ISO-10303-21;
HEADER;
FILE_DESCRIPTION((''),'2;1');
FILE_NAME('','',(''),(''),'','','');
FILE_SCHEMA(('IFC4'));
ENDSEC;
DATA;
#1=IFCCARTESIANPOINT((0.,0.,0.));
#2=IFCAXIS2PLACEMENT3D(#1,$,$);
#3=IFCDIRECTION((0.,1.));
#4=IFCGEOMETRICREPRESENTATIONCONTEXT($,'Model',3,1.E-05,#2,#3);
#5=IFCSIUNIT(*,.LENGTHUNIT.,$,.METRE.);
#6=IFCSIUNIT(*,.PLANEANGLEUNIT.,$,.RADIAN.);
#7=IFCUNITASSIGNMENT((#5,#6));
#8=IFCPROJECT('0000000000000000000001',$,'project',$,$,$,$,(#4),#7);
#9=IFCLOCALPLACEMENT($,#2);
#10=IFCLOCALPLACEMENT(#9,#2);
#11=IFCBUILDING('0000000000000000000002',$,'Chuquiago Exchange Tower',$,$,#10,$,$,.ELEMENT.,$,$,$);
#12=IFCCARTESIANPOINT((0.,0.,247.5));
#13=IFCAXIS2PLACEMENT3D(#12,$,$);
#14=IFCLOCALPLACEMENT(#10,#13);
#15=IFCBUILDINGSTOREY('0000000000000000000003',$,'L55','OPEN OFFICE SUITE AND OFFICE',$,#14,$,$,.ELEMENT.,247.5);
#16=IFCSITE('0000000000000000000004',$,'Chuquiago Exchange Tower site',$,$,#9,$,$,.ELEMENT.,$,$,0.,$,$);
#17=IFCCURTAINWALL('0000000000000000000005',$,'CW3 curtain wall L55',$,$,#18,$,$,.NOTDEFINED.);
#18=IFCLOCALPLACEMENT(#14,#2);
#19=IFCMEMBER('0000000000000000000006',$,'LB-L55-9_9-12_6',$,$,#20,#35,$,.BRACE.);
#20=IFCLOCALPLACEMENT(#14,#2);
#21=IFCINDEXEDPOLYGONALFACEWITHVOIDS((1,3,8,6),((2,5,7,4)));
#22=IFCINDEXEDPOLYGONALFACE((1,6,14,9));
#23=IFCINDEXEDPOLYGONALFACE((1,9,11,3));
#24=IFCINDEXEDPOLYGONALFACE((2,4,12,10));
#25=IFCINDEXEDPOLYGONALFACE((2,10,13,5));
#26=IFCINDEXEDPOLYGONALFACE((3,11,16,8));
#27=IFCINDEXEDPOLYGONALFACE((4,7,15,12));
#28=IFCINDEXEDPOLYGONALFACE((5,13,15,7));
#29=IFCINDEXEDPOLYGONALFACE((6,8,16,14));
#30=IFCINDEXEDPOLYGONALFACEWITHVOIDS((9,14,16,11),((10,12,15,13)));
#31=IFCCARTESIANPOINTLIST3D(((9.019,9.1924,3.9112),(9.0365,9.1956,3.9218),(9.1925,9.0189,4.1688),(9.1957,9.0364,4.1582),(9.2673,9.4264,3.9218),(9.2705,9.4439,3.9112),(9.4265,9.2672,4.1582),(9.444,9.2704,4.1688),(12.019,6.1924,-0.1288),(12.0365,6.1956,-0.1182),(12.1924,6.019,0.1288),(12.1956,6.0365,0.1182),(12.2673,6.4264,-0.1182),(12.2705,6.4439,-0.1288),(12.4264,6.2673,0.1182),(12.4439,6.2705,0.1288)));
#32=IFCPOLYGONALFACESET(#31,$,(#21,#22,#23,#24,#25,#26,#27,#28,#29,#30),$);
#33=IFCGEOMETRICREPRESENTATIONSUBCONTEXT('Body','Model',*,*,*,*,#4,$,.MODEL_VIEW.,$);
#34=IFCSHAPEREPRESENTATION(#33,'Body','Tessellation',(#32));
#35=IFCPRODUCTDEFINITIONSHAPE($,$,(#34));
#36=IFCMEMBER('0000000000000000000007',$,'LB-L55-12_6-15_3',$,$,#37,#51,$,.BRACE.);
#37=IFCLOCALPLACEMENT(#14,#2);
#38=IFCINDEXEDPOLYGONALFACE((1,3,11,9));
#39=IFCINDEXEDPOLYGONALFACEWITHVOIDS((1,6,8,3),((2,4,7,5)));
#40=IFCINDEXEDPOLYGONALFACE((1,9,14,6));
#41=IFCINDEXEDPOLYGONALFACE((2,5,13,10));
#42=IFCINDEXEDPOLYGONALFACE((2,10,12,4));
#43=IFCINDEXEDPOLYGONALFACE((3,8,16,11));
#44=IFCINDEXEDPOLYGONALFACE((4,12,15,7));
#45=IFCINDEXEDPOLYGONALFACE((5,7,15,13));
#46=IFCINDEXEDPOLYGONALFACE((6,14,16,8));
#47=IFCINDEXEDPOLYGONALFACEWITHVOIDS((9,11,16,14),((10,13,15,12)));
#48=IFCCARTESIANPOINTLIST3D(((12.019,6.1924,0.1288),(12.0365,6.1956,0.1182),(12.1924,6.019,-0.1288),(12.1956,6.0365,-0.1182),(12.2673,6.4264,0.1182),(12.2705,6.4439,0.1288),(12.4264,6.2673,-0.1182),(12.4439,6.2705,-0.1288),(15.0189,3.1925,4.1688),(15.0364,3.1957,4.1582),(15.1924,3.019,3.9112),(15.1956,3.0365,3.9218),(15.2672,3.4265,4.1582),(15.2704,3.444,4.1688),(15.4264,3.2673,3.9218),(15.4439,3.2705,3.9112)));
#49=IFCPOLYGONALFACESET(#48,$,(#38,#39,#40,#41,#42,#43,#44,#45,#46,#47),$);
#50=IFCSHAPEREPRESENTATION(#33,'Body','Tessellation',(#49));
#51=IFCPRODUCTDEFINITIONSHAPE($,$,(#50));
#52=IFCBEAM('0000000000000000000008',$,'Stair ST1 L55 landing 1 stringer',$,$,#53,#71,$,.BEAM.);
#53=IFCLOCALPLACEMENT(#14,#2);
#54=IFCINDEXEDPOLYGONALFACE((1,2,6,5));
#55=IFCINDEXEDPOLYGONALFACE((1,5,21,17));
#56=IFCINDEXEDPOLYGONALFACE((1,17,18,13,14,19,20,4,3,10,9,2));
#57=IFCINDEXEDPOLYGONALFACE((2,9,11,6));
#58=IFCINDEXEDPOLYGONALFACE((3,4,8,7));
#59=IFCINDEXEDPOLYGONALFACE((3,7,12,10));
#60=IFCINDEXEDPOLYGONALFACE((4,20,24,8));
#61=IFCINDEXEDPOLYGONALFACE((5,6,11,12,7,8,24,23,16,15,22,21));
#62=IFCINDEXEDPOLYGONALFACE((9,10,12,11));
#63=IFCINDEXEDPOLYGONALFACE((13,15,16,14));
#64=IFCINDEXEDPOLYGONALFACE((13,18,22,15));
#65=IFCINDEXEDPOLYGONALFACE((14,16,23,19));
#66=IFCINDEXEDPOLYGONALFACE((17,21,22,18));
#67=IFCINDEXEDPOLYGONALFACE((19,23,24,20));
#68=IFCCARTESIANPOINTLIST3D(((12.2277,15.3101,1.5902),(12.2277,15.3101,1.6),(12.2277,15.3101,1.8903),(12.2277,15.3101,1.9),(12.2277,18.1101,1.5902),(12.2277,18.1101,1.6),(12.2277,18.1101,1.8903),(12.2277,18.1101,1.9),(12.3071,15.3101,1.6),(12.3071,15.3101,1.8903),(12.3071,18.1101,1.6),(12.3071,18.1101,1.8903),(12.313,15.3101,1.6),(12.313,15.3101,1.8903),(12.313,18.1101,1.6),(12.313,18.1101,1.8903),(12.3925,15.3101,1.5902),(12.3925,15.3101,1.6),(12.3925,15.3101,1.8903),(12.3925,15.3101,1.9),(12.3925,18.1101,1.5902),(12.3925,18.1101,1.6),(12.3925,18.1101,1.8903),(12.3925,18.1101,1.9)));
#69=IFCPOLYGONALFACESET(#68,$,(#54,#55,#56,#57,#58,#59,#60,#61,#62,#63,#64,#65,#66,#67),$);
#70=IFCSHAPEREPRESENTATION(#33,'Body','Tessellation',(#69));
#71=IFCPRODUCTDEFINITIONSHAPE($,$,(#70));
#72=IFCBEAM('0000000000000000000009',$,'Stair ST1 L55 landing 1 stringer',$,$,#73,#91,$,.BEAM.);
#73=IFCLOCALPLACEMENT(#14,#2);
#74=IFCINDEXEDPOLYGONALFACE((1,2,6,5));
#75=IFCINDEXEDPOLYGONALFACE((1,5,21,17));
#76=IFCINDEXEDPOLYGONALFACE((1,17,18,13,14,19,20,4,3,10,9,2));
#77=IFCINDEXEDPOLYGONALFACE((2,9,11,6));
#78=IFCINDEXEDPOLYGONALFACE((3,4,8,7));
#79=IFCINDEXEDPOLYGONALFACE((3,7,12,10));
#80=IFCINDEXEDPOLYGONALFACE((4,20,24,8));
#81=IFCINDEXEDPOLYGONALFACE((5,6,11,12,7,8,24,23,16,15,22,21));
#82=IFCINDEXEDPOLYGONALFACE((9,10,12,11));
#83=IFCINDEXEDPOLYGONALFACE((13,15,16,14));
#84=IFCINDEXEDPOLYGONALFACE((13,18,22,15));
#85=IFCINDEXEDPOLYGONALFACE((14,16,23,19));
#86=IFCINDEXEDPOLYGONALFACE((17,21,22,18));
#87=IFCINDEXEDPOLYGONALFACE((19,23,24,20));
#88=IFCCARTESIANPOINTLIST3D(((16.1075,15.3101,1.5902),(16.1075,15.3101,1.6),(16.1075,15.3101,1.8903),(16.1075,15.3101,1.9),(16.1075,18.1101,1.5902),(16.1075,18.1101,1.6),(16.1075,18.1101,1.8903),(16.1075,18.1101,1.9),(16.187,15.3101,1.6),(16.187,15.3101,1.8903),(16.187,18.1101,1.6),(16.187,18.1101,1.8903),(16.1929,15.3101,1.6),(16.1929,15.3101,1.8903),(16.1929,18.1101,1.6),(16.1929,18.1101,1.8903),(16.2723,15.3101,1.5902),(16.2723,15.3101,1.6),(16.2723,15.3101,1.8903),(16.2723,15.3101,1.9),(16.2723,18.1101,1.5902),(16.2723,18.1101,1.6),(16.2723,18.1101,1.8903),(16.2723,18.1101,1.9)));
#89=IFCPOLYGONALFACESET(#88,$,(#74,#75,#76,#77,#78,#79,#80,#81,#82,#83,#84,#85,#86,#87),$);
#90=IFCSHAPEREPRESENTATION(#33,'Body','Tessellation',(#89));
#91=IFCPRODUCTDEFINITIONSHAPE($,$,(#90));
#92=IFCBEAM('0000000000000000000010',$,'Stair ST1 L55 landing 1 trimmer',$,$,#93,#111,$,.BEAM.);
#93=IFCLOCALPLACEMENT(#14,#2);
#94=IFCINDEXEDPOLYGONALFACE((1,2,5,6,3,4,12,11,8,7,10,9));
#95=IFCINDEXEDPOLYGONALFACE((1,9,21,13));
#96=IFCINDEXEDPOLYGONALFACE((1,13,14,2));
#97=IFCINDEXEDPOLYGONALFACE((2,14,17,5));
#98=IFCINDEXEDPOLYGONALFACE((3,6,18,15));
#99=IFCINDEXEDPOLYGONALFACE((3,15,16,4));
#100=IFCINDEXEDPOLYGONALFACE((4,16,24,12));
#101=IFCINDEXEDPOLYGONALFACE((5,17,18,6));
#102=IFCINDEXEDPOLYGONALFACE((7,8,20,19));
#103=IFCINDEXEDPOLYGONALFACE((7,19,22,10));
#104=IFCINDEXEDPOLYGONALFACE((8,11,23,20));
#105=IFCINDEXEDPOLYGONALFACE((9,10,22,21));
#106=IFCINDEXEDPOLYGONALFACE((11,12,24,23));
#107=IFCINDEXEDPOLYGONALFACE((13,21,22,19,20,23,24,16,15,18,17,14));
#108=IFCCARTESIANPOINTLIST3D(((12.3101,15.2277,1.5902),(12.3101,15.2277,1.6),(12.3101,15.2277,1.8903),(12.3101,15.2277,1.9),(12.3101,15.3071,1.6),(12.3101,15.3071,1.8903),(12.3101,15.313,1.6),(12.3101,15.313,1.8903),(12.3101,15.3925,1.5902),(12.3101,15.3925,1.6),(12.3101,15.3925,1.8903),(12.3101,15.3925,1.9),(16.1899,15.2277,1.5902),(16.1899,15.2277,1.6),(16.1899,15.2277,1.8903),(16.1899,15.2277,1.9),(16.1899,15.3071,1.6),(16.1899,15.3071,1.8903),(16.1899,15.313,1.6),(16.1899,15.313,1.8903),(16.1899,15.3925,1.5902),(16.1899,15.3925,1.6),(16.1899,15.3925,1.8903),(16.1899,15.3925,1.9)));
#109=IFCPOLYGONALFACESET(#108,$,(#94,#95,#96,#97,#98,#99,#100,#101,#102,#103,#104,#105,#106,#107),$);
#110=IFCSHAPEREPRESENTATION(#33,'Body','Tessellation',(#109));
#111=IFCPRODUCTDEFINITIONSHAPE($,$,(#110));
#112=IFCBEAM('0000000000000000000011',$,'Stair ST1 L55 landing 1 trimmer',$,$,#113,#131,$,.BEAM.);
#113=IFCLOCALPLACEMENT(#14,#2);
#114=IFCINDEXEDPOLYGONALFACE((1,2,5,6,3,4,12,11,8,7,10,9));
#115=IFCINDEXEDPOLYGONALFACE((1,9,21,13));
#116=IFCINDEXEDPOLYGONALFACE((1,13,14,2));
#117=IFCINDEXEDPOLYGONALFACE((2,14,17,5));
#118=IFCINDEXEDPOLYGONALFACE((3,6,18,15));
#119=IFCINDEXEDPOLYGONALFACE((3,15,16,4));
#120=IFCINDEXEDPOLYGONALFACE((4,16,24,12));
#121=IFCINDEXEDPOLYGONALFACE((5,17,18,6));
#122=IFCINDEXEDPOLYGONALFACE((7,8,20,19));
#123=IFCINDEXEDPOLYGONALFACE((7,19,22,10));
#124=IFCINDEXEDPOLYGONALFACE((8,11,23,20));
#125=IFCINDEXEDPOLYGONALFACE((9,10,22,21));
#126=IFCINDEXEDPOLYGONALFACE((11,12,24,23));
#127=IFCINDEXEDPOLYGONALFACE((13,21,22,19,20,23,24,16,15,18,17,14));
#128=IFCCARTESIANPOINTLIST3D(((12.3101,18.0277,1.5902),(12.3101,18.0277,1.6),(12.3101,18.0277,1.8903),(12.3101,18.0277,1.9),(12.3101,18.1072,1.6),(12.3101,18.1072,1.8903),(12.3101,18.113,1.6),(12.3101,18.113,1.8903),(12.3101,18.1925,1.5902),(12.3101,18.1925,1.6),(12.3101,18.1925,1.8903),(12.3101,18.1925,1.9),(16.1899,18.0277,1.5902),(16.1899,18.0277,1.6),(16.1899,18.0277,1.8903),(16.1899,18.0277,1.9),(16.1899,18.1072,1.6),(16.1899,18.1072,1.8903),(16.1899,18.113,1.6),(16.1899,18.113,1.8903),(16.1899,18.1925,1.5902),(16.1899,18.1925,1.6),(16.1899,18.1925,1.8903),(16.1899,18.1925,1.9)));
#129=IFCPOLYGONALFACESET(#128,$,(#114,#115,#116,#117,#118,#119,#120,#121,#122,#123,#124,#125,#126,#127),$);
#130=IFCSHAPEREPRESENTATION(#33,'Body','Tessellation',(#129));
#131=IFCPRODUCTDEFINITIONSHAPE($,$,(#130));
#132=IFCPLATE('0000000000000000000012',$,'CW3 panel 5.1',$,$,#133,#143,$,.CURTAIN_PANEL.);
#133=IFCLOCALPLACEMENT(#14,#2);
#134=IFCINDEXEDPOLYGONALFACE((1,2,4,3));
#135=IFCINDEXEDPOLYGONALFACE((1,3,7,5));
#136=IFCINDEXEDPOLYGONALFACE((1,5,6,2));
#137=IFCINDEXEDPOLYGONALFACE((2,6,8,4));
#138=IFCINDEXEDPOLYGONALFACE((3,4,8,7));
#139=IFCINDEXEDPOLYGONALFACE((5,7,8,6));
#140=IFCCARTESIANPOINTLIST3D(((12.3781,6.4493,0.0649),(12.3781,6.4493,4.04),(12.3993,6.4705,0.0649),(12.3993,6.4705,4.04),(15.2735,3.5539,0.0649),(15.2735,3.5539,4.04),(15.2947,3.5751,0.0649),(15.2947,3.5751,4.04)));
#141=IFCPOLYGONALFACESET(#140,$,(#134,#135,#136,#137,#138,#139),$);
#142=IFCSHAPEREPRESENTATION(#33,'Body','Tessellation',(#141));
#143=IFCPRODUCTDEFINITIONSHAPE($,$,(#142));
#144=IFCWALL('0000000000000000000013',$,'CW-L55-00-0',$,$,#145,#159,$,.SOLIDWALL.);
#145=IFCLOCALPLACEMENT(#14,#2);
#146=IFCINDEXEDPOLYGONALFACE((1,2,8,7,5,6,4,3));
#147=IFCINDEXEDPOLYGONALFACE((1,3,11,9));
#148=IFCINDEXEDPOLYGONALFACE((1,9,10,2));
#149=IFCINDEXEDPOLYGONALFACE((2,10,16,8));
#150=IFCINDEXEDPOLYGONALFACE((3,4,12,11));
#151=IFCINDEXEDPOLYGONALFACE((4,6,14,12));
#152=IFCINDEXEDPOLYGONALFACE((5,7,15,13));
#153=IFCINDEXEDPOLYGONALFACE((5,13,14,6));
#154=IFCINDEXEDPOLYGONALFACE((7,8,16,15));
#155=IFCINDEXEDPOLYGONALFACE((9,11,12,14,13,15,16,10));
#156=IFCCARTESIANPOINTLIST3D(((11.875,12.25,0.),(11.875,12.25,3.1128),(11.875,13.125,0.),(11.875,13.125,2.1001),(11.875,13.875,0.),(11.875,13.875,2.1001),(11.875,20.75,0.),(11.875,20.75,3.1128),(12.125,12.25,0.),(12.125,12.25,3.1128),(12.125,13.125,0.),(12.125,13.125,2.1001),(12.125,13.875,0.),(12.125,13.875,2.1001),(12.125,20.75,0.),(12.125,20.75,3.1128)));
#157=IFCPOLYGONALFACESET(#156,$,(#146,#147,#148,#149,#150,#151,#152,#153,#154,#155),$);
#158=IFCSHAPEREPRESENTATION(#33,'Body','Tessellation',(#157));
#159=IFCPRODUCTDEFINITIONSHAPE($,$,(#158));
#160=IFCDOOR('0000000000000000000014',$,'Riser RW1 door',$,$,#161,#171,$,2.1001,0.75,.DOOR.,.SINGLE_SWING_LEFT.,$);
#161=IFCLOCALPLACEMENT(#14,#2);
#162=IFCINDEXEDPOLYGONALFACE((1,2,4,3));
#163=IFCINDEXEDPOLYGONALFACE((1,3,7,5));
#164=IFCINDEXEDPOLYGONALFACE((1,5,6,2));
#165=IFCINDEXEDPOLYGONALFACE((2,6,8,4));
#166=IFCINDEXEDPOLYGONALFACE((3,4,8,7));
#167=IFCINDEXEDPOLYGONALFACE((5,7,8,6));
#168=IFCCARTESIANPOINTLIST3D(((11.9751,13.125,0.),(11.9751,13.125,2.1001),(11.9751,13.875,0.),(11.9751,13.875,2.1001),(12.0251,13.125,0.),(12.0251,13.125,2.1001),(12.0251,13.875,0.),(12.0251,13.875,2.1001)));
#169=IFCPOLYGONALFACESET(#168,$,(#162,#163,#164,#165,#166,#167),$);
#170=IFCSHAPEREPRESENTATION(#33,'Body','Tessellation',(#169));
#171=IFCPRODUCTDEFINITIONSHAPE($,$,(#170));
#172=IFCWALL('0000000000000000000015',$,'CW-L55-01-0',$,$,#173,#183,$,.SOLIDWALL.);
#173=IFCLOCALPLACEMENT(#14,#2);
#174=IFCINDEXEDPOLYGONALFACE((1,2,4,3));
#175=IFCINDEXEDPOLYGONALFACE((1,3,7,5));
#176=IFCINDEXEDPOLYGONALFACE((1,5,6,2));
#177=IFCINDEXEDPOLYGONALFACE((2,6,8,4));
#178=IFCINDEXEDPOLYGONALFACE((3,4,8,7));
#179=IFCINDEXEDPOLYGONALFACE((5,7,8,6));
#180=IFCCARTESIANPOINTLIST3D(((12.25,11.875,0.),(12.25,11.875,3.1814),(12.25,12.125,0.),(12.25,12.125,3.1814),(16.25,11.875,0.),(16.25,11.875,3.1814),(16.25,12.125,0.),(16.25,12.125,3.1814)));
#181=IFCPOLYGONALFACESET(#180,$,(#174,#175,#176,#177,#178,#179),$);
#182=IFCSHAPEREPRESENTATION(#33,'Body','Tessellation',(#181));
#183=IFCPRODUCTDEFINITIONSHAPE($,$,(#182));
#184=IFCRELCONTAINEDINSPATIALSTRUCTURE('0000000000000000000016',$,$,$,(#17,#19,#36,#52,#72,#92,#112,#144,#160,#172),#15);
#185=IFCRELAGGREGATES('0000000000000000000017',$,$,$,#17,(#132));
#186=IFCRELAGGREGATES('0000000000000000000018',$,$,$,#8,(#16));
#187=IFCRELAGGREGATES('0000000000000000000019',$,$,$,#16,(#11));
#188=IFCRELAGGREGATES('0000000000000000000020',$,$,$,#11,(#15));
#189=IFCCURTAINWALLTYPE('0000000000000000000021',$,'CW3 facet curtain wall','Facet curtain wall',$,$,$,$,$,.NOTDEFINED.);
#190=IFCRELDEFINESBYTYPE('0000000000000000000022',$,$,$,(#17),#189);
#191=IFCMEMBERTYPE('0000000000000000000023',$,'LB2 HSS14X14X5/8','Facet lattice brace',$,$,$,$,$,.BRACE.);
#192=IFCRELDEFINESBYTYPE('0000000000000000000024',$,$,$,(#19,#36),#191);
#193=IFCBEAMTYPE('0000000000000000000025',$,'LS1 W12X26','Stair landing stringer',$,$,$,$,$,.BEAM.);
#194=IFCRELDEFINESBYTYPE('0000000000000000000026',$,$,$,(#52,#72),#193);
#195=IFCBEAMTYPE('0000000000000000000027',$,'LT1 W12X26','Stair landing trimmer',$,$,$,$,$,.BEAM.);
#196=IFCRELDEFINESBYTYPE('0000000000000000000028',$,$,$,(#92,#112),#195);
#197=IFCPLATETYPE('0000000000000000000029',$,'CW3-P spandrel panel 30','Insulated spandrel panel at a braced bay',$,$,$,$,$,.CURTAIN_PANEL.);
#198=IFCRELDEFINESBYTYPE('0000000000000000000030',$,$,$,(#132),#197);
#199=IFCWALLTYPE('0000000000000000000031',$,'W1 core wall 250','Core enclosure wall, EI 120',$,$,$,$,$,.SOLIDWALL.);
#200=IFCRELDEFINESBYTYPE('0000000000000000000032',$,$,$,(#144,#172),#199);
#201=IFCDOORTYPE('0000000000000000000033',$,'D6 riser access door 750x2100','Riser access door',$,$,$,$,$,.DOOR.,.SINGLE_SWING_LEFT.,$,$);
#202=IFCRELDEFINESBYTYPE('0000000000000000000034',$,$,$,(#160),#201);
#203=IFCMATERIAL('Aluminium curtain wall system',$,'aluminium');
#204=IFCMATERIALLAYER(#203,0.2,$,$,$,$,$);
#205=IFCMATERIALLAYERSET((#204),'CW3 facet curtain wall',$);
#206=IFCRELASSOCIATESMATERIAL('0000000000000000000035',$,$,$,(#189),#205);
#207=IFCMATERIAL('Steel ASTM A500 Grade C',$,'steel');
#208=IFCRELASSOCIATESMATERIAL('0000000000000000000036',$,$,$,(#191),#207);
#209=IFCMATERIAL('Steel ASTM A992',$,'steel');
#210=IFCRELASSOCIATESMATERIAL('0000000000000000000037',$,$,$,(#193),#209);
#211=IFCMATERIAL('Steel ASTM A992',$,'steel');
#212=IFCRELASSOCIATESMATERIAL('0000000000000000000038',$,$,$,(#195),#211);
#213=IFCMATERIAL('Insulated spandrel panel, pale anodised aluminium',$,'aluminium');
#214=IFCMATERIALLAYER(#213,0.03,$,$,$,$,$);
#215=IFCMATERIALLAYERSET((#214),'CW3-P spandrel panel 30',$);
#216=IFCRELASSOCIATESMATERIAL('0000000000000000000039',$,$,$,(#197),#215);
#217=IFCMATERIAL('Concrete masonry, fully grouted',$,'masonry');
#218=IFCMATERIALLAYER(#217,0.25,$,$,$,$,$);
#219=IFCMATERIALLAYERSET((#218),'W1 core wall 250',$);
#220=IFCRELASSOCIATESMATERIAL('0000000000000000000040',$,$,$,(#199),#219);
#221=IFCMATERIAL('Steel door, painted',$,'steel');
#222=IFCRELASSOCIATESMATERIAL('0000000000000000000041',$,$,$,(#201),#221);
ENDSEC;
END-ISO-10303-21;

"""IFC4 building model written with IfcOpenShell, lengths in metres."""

from ifc_helpers import new_model, si_unit, direction, frame, frame_2d, origin, origin_2d, place, context, subcontext, project, spatial, rectangle, hollow_rectangle, i_section, extrude, material, layer, layer_set, material_profile, profile_set, type_object, element, fill, aggregate, save


model = new_model("IFC4")

# Units and contexts
model_context = context("Model", 3, precision=1e-05, world=origin(), true_north=direction((0.0, 1.0)))
body_context = subcontext(model_context, "Body", "Model", "MODEL_VIEW")
ifc_project = project(units=[si_unit("LENGTHUNIT", "METRE"), si_unit("PLANEANGLEUNIT", "RADIAN")], contexts=[model_context])

# Site, building, storey
site_placement = place(None, origin())
site = spatial("IfcSite", under=ifc_project, at=site_placement, Name="Chuquiago Exchange Tower site", CompositionType="ELEMENT", RefElevation=0.0)
building_placement = place(site_placement, origin())
building = spatial("IfcBuilding", under=site, at=building_placement, Name="Chuquiago Exchange Tower", CompositionType="ELEMENT")
storey_placement = place(building_placement, frame((0.0, 0.0, 247.5)))
storey = spatial("IfcBuildingStorey", under=building, at=storey_placement, Name="L55", Description="OPEN OFFICE SUITE AND OFFICE", CompositionType="ELEMENT", Elevation=247.5)

# Curtain wall
ifc_material_1 = material(Name="Aluminium curtain wall system", Category="aluminium")
ifc_layer_1 = layer(ifc_material_1, 0.2)
ifc_layer_set_1 = layer_set([ifc_layer_1], Name="CW3 facet curtain wall")
curtain_wall_type = type_object("IfcCurtainWallType", Name="CW3 facet curtain wall", Description="Facet curtain wall", PredefinedType="NOTDEFINED", material=ifc_layer_set_1)
curtain_wall_placement = place(storey_placement, origin())
curtain_wall = element("IfcCurtainWall", 1, at=curtain_wall_placement, inside=storey, type_object=curtain_wall_type, Name="CW3 curtain wall L55", PredefinedType="NOTDEFINED")

# Members
ifc_material_2 = material(Name="Steel ASTM A500 Grade C", Category="steel")
ifc_material_profile_1 = material_profile(ifc_material_2, hollow_rectangle(XDim=0.3557, YDim=0.3557, WallThickness=0.0146, at=origin_2d()), Name="HSS14X14X5/8")
ifc_profile_set_1 = profile_set([ifc_material_profile_1], Name="Steel ASTM A500 Grade C")
member_type_1 = type_object("IfcMemberType", Name="LB2 HSS14X14X5/8", Description="Facet lattice brace", PredefinedType="BRACE", material=ifc_profile_set_1)
for number, where, z_axis, x_axis, name in (
    (2, (12.2314, 6.2314, 0.0), (-0.512077, 0.512077, 0.689604), (-0.707107, -0.707107, 0.0), "LB-L55-9_9-12_6"),
    (3, (12.2314, 6.2314, 0.0), (0.512077, -0.512077, 0.689604), (0.707107, 0.707107, 0.0), "LB-L55-12_6-15_3"),
):
    element("IfcMember", number, at=place(storey_placement, frame(where, z_axis=z_axis, x_axis=x_axis)), inside=storey, type_object=member_type_1, Name=name, PredefinedType="BRACE", context=body_context, shape_type="SweptSolid", body=[
        extrude(hollow_rectangle(XDim=0.3557, YDim=0.3557, WallThickness=0.0146, at=origin_2d()), origin(), (0.0, 0.0, 1.0), 5.8584),
    ])

# Beams
ifc_material_3 = material(Name="Steel ASTM A992", Category="steel")
ifc_material_profile_2 = material_profile(ifc_material_3, i_section(OverallWidth=0.1648, OverallDepth=0.3098, WebThickness=0.0059, FlangeThickness=0.0098, at=origin_2d()), Name="W12X26")
ifc_profile_set_2 = profile_set([ifc_material_profile_2], Name="Steel ASTM A992")
beam_type_1 = type_object("IfcBeamType", Name="LS1 W12X26", Description="Stair landing stringer", PredefinedType="BEAM", material=ifc_profile_set_2)
for number, where, z_axis, x_axis, name in (
    (4, (12.3101, 15.3101, 1.7451), (0.0, 1.0, 0.0), (-1.0, 0.0, 0.0), "Stair ST1 L55 landing 1 stringer"),
    (5, (16.1899, 15.3101, 1.7451), (0.0, 1.0, 0.0), (-1.0, 0.0, 0.0), "Stair ST1 L55 landing 1 stringer"),
):
    element("IfcBeam", number, at=place(storey_placement, frame(where, z_axis=z_axis, x_axis=x_axis)), inside=storey, type_object=beam_type_1, Name=name, PredefinedType="BEAM", context=body_context, shape_type="SweptSolid", body=[
        extrude(i_section(OverallWidth=0.1648, OverallDepth=0.3098, WebThickness=0.0059, FlangeThickness=0.0098, at=origin_2d()), origin(), (0.0, 0.0, 1.0), 2.8),
    ])
ifc_material_4 = material(Name="Steel ASTM A992", Category="steel")
ifc_material_profile_3 = material_profile(ifc_material_4, i_section(OverallWidth=0.1648, OverallDepth=0.3098, WebThickness=0.0059, FlangeThickness=0.0098, at=origin_2d()), Name="W12X26")
ifc_profile_set_3 = profile_set([ifc_material_profile_3], Name="Steel ASTM A992")
beam_type_2 = type_object("IfcBeamType", Name="LT1 W12X26", Description="Stair landing trimmer", PredefinedType="BEAM", material=ifc_profile_set_3)
for number, where, z_axis, x_axis, name in (
    (6, (12.3101, 15.3101, 1.7451), (1.0, 0.0, 0.0), (0.0, 1.0, 0.0), "Stair ST1 L55 landing 1 trimmer"),
    (7, (12.3101, 18.1101, 1.7451), (1.0, 0.0, 0.0), (0.0, 1.0, 0.0), "Stair ST1 L55 landing 1 trimmer"),
):
    element("IfcBeam", number, at=place(storey_placement, frame(where, z_axis=z_axis, x_axis=x_axis)), inside=storey, type_object=beam_type_2, Name=name, PredefinedType="BEAM", context=body_context, shape_type="SweptSolid", body=[
        extrude(i_section(OverallWidth=0.1648, OverallDepth=0.3098, WebThickness=0.0059, FlangeThickness=0.0098, at=origin_2d()), origin(), (0.0, 0.0, 1.0), 3.8799),
    ])

# Plate
ifc_material_5 = material(Name="Insulated spandrel panel, pale anodised aluminium", Category="aluminium")
ifc_layer_2 = layer(ifc_material_5, 0.03)
ifc_layer_set_2 = layer_set([ifc_layer_2], Name="CW3-P spandrel panel 30")
plate_type = type_object("IfcPlateType", Name="CW3-P spandrel panel 30", Description="Insulated spandrel panel at a braced bay", PredefinedType="CURTAIN_PANEL", material=ifc_layer_set_2)
plate_placement = place(storey_placement, frame((13.8364, 5.0122, 0.0649), z_axis=(0.0, 0.0, 1.0), x_axis=(0.707107, -0.707107, 0.0)))
plate = element("IfcPlate", 8, at=plate_placement, type_object=plate_type, Name="CW3 panel 5.1", PredefinedType="CURTAIN_PANEL", context=body_context, shape_type="SweptSolid", body=[
    extrude(rectangle(XDim=4.0947, YDim=0.03, at=origin_2d()), origin(), (0.0, 0.0, 1.0), 3.9751),
])
aggregate(curtain_wall, [plate])

# Wall, opening, door
ifc_material_6 = material(Name="Concrete masonry, fully grouted", Category="masonry")
ifc_layer_3 = layer(ifc_material_6, 0.25)
ifc_layer_set_3 = layer_set([ifc_layer_3], Name="W1 core wall 250")
wall_type_1 = type_object("IfcWallType", Name="W1 core wall 250", Description="Core enclosure wall, EI 120", PredefinedType="SOLIDWALL", material=ifc_layer_set_3)
wall_1_placement = place(storey_placement, frame((12.0, 12.25, 0.0), z_axis=(0.0, 0.0, 1.0), x_axis=(0.0, 1.0, 0.0)))
wall_1 = element("IfcWall", 9, at=wall_1_placement, inside=storey, type_object=wall_type_1, Name="CW-L55-00-0", PredefinedType="SOLIDWALL", context=body_context, shape_type="SweptSolid", body=[
    extrude(rectangle(XDim=8.5, YDim=0.25, at=frame_2d((4.25, 0.0))), origin(), (0.0, 0.0, 1.0), 3.1128),
])
opening_placement = place(wall_1_placement, frame((0.875, 0.0, 0.0)))
opening = element("IfcOpeningElement", 10, at=opening_placement, cuts=wall_1, PredefinedType="OPENING", context=body_context, shape_type="SweptSolid", body=[
    extrude(rectangle(XDim=0.75, YDim=2.1001, at=frame_2d((0.375, 1.05))), frame((0.0, 0.135, 0.0), z_axis=(0.0, -1.0, 0.0), x_axis=(1.0, 0.0, 0.0)), (0.0, 0.0, 1.0), 0.27),
])
ifc_material_7 = material(Name="Steel door, painted", Category="steel")
door_type = type_object("IfcDoorType", Name="D6 riser access door 750x2100", Description="Riser access door", OperationType="SINGLE_SWING_LEFT", PredefinedType="DOOR", material=ifc_material_7)
door_placement = place(opening_placement, origin())
door = element("IfcDoor", 11, at=door_placement, inside=storey, type_object=door_type, Name="Riser RW1 door", OperationType="SINGLE_SWING_LEFT", OverallHeight=2.1001, OverallWidth=0.75, PredefinedType="DOOR", context=body_context, shape_type="SweptSolid", body=[
    extrude(rectangle(XDim=0.75, YDim=2.1001, at=frame_2d((0.375, 1.05))), frame((0.0, 0.0249, 0.0), z_axis=(0.0, -1.0, 0.0), x_axis=(1.0, 0.0, 0.0)), (0.0, 0.0, 1.0), 0.05),
])
fill(opening, door)

# Wall
wall_2_placement = place(storey_placement, frame((12.25, 12.0, 0.0), z_axis=(0.0, 0.0, 1.0), x_axis=(1.0, 0.0, 0.0)))
element("IfcWall", 12, at=wall_2_placement, inside=storey, type_object=wall_type_1, Name="CW-L55-01-0", PredefinedType="SOLIDWALL", context=body_context, shape_type="SweptSolid", body=[
    extrude(rectangle(XDim=4.0, YDim=0.25, at=frame_2d((2.0, 0.0))), origin(), (0.0, 0.0, 1.0), 3.1814),
])

save(model, "model.ifc")
